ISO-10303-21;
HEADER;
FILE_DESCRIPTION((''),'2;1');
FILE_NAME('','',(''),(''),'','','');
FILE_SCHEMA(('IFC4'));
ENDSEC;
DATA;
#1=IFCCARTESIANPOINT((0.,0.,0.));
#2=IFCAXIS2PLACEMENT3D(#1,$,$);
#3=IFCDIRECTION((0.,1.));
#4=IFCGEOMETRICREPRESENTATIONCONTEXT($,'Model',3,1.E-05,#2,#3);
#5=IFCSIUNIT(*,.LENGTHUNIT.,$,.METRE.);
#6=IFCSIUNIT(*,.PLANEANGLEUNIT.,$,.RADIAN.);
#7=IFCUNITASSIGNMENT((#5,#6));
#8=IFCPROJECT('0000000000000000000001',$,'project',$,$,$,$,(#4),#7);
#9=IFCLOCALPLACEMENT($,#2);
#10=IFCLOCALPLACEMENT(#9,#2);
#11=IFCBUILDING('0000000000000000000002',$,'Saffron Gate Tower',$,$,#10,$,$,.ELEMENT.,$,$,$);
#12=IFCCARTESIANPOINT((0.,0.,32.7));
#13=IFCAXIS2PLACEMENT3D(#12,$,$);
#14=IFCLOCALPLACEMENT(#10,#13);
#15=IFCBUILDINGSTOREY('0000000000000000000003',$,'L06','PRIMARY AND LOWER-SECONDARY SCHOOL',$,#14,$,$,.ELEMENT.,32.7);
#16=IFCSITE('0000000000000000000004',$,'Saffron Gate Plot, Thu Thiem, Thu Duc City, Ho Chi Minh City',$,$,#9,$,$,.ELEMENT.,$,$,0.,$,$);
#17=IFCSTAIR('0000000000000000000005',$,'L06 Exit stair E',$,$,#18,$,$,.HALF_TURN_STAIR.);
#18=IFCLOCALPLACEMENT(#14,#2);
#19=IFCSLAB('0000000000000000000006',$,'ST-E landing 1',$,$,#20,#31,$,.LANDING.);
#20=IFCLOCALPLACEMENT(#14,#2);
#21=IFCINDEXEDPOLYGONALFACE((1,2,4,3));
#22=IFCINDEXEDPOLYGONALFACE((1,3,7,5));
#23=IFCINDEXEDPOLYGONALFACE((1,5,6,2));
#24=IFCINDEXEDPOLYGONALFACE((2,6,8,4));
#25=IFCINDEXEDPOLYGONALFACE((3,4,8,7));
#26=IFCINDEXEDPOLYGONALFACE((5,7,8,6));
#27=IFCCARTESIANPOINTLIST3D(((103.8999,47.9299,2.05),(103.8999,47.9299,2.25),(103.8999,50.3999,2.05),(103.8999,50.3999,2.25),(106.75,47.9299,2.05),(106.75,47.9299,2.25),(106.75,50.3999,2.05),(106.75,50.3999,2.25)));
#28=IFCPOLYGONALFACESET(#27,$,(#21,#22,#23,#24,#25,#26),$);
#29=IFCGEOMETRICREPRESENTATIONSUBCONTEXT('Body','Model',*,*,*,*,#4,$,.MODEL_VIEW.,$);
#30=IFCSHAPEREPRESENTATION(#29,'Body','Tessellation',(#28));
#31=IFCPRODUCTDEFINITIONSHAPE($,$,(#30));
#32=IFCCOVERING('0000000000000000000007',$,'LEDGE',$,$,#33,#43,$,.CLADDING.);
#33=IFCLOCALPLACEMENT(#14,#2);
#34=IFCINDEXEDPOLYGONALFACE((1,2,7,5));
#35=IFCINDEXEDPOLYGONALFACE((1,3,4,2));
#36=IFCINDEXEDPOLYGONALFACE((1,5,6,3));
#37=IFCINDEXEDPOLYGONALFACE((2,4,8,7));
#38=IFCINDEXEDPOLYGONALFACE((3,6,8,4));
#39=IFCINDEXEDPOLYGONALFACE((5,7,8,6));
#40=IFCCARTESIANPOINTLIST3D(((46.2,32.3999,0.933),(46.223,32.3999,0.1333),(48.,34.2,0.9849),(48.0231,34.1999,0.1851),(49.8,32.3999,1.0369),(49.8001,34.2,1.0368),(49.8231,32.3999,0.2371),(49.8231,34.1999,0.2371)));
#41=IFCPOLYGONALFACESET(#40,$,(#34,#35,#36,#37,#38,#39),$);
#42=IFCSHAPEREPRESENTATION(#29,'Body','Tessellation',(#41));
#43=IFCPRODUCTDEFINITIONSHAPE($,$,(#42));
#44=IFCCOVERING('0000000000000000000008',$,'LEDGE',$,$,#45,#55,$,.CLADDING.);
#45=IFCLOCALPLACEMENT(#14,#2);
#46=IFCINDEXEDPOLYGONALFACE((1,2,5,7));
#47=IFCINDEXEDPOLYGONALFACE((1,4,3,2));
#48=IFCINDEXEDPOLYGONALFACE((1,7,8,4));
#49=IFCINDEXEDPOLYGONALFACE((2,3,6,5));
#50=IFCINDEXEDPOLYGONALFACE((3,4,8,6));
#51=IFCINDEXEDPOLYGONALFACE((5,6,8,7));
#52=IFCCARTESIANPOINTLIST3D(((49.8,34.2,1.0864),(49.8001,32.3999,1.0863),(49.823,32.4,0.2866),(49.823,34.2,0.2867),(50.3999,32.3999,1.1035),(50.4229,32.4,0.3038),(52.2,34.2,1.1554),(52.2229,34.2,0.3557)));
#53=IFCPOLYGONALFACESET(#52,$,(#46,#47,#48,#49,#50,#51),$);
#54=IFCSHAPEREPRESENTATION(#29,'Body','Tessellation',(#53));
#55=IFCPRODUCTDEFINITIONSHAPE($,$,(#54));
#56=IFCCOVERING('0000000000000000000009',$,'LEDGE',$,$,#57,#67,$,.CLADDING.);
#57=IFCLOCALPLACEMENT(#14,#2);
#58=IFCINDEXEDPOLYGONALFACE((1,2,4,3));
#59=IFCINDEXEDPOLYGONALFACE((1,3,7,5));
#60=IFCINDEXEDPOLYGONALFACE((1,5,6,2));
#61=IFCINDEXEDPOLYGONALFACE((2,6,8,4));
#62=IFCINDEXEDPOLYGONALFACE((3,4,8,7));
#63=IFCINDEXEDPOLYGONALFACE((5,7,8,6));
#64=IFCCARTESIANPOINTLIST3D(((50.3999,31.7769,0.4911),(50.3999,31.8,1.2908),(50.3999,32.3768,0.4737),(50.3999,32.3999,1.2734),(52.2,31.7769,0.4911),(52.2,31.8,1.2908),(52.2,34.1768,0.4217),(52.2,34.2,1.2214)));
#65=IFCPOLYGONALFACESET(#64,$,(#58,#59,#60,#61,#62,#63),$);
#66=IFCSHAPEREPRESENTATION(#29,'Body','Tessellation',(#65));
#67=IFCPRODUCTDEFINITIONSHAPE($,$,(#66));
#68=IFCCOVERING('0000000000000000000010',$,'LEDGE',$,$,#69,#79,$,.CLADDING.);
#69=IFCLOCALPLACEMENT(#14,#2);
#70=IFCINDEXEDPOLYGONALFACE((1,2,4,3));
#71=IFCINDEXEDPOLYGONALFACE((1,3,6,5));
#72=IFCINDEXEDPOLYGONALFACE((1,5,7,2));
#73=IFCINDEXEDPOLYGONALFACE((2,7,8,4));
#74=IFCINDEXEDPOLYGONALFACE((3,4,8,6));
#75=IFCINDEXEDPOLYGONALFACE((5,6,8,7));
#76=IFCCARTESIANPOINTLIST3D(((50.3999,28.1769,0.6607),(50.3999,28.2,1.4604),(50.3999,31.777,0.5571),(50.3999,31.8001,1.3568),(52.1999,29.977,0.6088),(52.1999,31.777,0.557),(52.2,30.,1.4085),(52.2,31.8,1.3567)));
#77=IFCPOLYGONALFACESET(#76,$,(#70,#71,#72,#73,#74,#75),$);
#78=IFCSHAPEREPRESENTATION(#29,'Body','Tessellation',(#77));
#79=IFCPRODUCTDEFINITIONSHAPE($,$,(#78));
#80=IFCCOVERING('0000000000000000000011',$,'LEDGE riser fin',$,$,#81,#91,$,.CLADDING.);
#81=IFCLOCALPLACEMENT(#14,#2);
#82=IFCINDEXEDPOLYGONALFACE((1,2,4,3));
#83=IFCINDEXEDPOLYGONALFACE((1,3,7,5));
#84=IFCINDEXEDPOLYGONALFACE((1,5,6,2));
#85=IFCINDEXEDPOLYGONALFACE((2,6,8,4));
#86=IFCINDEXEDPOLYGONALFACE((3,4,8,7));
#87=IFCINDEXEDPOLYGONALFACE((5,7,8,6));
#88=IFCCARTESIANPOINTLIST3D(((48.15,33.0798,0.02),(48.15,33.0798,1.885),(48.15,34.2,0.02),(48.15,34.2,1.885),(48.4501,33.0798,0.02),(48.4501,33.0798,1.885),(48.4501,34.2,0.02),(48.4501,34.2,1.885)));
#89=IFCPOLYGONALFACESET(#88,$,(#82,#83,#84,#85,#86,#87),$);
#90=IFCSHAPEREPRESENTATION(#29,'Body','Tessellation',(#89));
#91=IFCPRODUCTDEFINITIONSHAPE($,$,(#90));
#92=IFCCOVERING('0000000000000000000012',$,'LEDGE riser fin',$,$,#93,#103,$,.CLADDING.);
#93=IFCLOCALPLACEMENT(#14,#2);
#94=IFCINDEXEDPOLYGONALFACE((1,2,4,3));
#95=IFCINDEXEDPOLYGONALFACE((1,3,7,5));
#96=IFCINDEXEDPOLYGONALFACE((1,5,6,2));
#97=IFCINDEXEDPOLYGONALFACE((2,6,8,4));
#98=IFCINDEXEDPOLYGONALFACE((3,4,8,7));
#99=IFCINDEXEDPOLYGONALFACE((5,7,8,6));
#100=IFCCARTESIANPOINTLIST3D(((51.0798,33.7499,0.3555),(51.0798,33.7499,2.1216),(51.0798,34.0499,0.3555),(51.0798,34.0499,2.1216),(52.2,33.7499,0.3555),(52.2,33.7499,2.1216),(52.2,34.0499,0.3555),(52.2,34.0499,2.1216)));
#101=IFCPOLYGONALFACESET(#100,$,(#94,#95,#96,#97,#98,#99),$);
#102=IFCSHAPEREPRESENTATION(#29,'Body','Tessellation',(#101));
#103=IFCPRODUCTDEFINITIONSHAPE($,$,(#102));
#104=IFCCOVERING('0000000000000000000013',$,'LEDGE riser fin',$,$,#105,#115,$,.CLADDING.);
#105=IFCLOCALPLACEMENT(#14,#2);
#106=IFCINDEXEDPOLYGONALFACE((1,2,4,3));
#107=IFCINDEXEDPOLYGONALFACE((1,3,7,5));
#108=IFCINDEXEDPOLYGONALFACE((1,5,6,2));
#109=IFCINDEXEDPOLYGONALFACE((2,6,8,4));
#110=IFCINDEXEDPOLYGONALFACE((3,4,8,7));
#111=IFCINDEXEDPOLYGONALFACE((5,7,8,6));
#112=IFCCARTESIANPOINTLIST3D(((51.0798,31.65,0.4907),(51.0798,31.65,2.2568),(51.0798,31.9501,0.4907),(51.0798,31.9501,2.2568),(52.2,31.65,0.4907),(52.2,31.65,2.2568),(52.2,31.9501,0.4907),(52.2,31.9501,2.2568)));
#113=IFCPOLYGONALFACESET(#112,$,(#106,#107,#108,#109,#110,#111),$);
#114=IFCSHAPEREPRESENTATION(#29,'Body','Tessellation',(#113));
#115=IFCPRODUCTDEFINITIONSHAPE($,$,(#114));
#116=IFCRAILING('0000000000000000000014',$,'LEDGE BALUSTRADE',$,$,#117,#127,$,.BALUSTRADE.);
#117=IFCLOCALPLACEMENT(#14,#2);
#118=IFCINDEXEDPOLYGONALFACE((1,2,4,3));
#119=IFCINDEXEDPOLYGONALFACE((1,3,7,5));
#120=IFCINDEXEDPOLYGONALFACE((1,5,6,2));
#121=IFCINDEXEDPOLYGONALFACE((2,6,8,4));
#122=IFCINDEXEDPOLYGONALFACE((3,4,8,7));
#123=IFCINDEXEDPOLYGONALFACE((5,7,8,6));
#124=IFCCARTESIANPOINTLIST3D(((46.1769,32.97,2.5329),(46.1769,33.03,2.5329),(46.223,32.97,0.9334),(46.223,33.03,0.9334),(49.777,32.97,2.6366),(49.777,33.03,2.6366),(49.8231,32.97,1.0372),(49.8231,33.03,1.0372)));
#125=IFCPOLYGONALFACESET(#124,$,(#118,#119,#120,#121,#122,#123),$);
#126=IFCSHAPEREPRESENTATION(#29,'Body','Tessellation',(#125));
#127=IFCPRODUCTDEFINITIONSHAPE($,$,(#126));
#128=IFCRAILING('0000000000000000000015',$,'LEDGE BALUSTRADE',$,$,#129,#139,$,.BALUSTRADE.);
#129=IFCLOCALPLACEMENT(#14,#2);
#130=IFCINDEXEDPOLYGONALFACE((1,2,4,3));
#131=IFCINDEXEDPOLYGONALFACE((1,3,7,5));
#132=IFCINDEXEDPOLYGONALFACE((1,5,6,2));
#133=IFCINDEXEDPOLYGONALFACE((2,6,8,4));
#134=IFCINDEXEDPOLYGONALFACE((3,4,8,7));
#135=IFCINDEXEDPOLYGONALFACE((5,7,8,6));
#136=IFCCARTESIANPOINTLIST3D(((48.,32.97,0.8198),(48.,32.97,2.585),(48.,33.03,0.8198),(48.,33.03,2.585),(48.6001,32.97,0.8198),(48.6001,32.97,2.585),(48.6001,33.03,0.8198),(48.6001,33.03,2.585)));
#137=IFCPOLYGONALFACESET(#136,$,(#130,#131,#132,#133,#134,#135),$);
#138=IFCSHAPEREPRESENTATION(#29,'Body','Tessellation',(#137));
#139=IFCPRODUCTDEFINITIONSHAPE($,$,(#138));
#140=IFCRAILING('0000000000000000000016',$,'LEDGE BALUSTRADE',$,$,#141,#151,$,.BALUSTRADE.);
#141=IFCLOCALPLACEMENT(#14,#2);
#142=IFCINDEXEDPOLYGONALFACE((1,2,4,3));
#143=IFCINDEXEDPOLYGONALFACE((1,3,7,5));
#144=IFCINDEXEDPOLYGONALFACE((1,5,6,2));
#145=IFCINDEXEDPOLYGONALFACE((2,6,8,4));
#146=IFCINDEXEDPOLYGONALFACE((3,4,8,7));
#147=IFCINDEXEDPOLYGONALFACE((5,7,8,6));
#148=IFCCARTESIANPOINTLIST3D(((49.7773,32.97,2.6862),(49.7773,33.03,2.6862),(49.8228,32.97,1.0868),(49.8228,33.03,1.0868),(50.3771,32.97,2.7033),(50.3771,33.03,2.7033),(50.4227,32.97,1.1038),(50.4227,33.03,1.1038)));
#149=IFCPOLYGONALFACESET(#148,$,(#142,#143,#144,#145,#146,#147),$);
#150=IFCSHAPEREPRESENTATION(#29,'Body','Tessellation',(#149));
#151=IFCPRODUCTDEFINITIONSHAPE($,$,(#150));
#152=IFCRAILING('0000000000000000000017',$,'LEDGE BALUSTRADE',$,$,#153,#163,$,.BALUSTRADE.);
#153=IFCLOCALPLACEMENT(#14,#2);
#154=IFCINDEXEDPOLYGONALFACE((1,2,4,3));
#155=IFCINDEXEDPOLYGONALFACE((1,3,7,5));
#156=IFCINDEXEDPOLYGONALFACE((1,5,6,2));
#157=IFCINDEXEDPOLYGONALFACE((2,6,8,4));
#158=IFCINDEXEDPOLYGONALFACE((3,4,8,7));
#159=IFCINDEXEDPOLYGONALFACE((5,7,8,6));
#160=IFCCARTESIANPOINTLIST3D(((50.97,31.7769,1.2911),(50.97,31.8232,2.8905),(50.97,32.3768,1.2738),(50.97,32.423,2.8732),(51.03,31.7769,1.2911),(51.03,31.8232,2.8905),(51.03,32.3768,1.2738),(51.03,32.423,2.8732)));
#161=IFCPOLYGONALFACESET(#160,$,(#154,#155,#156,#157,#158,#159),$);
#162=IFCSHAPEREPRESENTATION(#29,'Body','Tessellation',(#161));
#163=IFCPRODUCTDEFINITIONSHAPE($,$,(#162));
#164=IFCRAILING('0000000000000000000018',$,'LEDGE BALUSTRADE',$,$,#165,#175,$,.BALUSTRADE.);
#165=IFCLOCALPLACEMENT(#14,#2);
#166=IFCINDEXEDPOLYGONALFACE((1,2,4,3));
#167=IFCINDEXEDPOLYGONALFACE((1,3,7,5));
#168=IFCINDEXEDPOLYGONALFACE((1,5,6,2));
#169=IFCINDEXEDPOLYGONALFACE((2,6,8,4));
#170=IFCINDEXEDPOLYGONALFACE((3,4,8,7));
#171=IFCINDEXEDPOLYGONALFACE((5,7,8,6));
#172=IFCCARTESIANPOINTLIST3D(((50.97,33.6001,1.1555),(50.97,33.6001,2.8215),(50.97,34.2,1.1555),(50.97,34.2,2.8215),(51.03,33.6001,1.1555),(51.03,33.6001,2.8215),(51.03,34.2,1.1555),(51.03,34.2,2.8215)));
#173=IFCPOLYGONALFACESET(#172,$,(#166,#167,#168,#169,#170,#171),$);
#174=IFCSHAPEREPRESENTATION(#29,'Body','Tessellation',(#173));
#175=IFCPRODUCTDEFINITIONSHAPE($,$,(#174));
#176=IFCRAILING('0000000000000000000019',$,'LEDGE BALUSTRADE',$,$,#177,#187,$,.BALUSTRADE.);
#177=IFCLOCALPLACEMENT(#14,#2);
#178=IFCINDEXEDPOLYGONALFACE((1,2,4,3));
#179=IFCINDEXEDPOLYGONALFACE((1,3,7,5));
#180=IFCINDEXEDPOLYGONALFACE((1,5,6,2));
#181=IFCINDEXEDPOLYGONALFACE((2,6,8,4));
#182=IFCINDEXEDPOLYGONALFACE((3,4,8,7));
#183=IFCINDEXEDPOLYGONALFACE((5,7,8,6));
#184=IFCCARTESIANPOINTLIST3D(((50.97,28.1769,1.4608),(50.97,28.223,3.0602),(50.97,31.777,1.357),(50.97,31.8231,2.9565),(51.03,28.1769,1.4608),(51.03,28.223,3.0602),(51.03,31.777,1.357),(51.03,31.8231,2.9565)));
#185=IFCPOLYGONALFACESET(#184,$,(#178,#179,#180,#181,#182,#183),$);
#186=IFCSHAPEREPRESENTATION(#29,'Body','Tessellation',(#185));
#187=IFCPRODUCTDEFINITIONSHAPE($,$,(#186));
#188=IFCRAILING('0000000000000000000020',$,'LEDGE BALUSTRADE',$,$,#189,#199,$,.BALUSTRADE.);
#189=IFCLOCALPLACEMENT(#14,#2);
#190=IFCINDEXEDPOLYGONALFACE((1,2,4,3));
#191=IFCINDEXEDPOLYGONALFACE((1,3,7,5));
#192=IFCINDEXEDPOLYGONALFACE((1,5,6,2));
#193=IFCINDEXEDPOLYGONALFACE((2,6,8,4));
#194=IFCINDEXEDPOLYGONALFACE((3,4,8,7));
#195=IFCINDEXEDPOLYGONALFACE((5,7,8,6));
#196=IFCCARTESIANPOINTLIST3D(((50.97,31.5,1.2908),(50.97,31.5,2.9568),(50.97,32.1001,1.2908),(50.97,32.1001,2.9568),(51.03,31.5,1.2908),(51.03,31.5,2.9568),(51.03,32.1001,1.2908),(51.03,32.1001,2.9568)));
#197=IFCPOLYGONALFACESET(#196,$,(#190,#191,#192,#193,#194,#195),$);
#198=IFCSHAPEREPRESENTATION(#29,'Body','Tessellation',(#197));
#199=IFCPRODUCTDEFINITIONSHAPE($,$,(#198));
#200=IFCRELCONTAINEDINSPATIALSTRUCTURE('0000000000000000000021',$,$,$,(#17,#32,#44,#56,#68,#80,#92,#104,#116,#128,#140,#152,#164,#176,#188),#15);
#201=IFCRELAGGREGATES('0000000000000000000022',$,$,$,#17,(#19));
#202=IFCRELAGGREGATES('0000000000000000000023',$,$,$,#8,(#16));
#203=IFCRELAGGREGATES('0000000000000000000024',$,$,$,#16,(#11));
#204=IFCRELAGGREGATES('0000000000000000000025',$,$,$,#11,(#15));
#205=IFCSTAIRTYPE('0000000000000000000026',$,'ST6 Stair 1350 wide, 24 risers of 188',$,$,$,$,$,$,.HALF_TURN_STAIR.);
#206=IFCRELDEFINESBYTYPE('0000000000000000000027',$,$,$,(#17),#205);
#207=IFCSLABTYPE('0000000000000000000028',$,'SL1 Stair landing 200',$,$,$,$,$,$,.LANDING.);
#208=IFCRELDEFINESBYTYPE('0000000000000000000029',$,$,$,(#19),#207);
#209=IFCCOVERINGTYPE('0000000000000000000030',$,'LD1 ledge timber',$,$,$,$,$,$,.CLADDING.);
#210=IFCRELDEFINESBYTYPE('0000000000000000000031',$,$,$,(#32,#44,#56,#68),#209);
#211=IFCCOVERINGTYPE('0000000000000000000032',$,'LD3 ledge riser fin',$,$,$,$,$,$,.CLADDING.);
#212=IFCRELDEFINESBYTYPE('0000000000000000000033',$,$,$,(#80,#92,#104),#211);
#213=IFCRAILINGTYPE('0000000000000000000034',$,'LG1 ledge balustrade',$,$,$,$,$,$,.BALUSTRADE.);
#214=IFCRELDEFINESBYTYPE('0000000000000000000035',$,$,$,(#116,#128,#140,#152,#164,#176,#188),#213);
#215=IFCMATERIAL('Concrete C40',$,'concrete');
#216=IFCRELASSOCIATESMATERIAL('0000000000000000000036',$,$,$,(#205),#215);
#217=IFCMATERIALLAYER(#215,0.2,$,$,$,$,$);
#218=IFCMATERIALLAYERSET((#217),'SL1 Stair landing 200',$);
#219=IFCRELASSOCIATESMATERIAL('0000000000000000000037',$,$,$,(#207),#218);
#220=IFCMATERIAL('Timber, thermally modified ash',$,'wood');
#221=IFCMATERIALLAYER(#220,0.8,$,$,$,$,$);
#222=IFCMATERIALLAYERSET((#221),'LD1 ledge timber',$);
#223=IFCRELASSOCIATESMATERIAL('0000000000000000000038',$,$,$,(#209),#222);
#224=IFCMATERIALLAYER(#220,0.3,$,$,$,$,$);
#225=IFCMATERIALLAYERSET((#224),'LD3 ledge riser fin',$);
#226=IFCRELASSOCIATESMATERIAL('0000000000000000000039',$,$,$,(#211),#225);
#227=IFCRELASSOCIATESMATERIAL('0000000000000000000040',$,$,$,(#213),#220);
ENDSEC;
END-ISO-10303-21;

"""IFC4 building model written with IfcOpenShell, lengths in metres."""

from ifc_helpers import new_model, si_unit, direction, frame, origin, origin_2d, place, context, subcontext, project, spatial, polyline, rectangle, outline, extrude, material, layer, layer_set, type_object, element, aggregate, save


model = new_model("IFC4")

# Units and contexts
model_context = context("Model", 3, precision=1e-05, world=origin(), true_north=direction((0.0, 1.0)))
body_context = subcontext(model_context, "Body", "Model", "MODEL_VIEW")
ifc_project = project(units=[si_unit("LENGTHUNIT", "METRE"), si_unit("PLANEANGLEUNIT", "RADIAN")], contexts=[model_context])

# Site, building, storey
site_placement = place(None, origin())
site = spatial("IfcSite", under=ifc_project, at=site_placement, Name="Saffron Gate Plot, Thu Thiem, Thu Duc City, Ho Chi Minh City", CompositionType="ELEMENT", RefElevation=0.0)
building_placement = place(site_placement, origin())
building = spatial("IfcBuilding", under=site, at=building_placement, Name="Saffron Gate Tower", CompositionType="ELEMENT")
storey_placement = place(building_placement, frame((0.0, 0.0, 32.7)))
storey = spatial("IfcBuildingStorey", under=building, at=storey_placement, Name="L06", Description="PRIMARY AND LOWER-SECONDARY SCHOOL", CompositionType="ELEMENT", Elevation=32.7)

# Stair, slab
ifc_material_1 = material(Name="Concrete C40", Category="concrete")
stair_type = type_object("IfcStairType", Name="ST6 Stair 1350 wide, 24 risers of 188", PredefinedType="HALF_TURN_STAIR", material=ifc_material_1)
ifc_layer_1 = layer(ifc_material_1, 0.2)
ifc_layer_set_1 = layer_set([ifc_layer_1], Name="SL1 Stair landing 200")
slab_type = type_object("IfcSlabType", Name="SL1 Stair landing 200", PredefinedType="LANDING", material=ifc_layer_set_1)
stair_1_placement = place(storey_placement, origin())
stair_1 = element("IfcStair", 1, at=stair_1_placement, inside=storey, type_object=stair_type, Name="L06 Exit stair E", PredefinedType="HALF_TURN_STAIR")
slab_1_placement = place(storey_placement, frame((0.0, 0.0, 2.05)))
slab_1 = element("IfcSlab", 2, at=slab_1_placement, type_object=slab_type, Name="ST-E landing 1", PredefinedType="LANDING", context=body_context, shape_type="SweptSolid", body=[
    extrude(outline(polyline([(106.75, 47.9299), (106.75, 50.3999), (103.8999, 50.3999), (103.8999, 47.9299), (106.75, 47.9299)])), origin(), (0.0, 0.0, 1.0), 0.2),
])
aggregate(stair_1, [slab_1])

# Coverings
ifc_material_2 = material(Name="Timber, thermally modified ash", Category="wood")
ifc_layer_2 = layer(ifc_material_2, 0.8)
ifc_layer_set_2 = layer_set([ifc_layer_2], Name="LD1 ledge timber")
covering_type_1 = type_object("IfcCoveringType", Name="LD1 ledge timber", PredefinedType="CLADDING", material=ifc_layer_set_2)
covering_1_placement = place(storey_placement, frame((48.0, 34.2, 0.9849), z_axis=(-0.028832, 0.000045, 0.999584), x_axis=(0.999584, 0.0, 0.028832)))
element("IfcCovering", 3, at=covering_1_placement, inside=storey, type_object=covering_type_1, Name="LEDGE", PredefinedType="CLADDING", context=body_context, shape_type="SweptSolid", body=[
    extrude(outline(polyline([(0.0, 0.0), (1.8008, 0.0), (1.8008, -1.8), (-1.8008, -1.8), (0.0, 0.0)])), origin(), (0.0, 0.0, -1.0), 0.8),
])
covering_2_placement = place(storey_placement, frame((49.8, 34.2, 1.0864), z_axis=(-0.028718, -0.00008, 0.999588), x_axis=(0.999588, 0.0, 0.028718)))
element("IfcCovering", 4, at=covering_2_placement, inside=storey, type_object=covering_type_1, Name="LEDGE", PredefinedType="CLADDING", context=body_context, shape_type="SweptSolid", body=[
    extrude(outline(polyline([(0.0, 0.0), (2.4009, 0.0), (0.6001, -1.8), (0.0, -1.8), (0.0, 0.0)])), origin(), (0.0, 0.0, -1.0), 0.8),
])
covering_3_placement = place(storey_placement, frame((52.2, 34.2, 1.2214), z_axis=(-0.000002, 0.02888, 0.999583), x_axis=(0.0, -0.999583, 0.02888)))
element("IfcCovering", 5, at=covering_3_placement, inside=storey, type_object=covering_type_1, Name="LEDGE", PredefinedType="CLADDING", context=body_context, shape_type="SweptSolid", body=[
    extrude(outline(polyline([(0.0, 0.0), (2.4009, 0.0), (2.4009, -1.8), (1.8008, -1.8), (0.0, 0.0)])), origin(), (0.0, 0.0, -1.0), 0.8),
])
covering_4_placement = place(storey_placement, frame((52.2, 31.8, 1.3567), z_axis=(0.000045, 0.028787, 0.999586), x_axis=(0.0, -0.999586, 0.028787)))
element("IfcCovering", 6, at=covering_4_placement, inside=storey, type_object=covering_type_1, Name="LEDGE", PredefinedType="CLADDING", context=body_context, shape_type="SweptSolid", body=[
    extrude(outline(polyline([(0.0, 0.0), (1.8008, 0.0), (3.6016, -1.8), (0.0, -1.8), (0.0, 0.0)])), origin(), (0.0, 0.0, -1.0), 0.8),
])
ifc_layer_3 = layer(ifc_material_2, 0.3)
ifc_layer_set_3 = layer_set([ifc_layer_3], Name="LD3 ledge riser fin")
covering_type_2 = type_object("IfcCoveringType", Name="LD3 ledge riser fin", PredefinedType="CLADDING", material=ifc_layer_set_3)
covering_5_placement = place(storey_placement, frame((48.3, 33.6399, 0.02), z_axis=(0.0, 0.0, 1.0), x_axis=(1.0, 0.0, 0.0)))
element("IfcCovering", 7, at=covering_5_placement, inside=storey, type_object=covering_type_2, Name="LEDGE riser fin", PredefinedType="CLADDING", context=body_context, shape_type="SweptSolid", body=[
    extrude(rectangle(XDim=0.3, YDim=1.1201, at=origin_2d()), origin(), (0.0, 0.0, 1.0), 1.865),
])
for number, where, z_axis, x_axis, name in (
    (8, (51.6399, 33.8999, 0.3555), (0.0, 0.0, 1.0), (0.0, -1.0, 0.0), "LEDGE riser fin"),
    (9, (51.6399, 31.8, 0.4907), (0.0, 0.0, 1.0), (0.0, -1.0, 0.0), "LEDGE riser fin"),
):
    element("IfcCovering", number, at=place(storey_placement, frame(where, z_axis=z_axis, x_axis=x_axis)), inside=storey, type_object=covering_type_2, Name=name, PredefinedType="CLADDING", context=body_context, shape_type="SweptSolid", body=[
        extrude(rectangle(XDim=0.3, YDim=1.1201, at=origin_2d()), origin(), (0.0, 0.0, 1.0), 1.7661),
    ])

# Railings
railing_type = type_object("IfcRailingType", Name="LG1 ledge balustrade", PredefinedType="BALUSTRADE", material=ifc_material_2)
railing_1_placement = place(storey_placement, frame((46.2, 33.0, 0.9331)))
element("IfcRailing", 10, at=railing_1_placement, inside=storey, type_object=railing_type, Name="LEDGE BALUSTRADE", PredefinedType="BALUSTRADE", context=body_context, shape_type="SweptSolid", body=[
    extrude(rectangle(XDim=0.0601, YDim=1.6001, at=origin_2d()), frame((0.0, 0.0, 0.8), z_axis=(0.999585, 0.0, 0.028809), x_axis=(0.0, 1.0, 0.0)), (0.0, 0.0, 1.0), 3.6016),
])
railing_2_placement = place(storey_placement, frame((48.0, 33.0, 0.8198)))
element("IfcRailing", 11, at=railing_2_placement, inside=storey, type_object=railing_type, Name="LEDGE BALUSTRADE", PredefinedType="BALUSTRADE", context=body_context, shape_type="SweptSolid", body=[
    extrude(rectangle(XDim=0.0601, YDim=1.7651, at=origin_2d()), frame((0.0, 0.0, 0.8826), z_axis=(1.0, 0.0, 0.0), x_axis=(0.0, 1.0, 0.0)), (0.0, 0.0, 1.0), 0.6001),
])
railing_3_placement = place(storey_placement, frame((49.8, 33.0, 1.0864)))
element("IfcRailing", 12, at=railing_3_placement, inside=storey, type_object=railing_type, Name="LEDGE BALUSTRADE", PredefinedType="BALUSTRADE", context=body_context, shape_type="SweptSolid", body=[
    extrude(rectangle(XDim=0.0601, YDim=1.6001, at=origin_2d()), frame((0.0, 0.0, 0.8), z_axis=(0.999594, 0.0, 0.028478), x_axis=(0.0, 1.0, 0.0)), (0.0, 0.0, 1.0), 0.6001),
])
railing_4_placement = place(storey_placement, frame((51.0, 32.3999, 1.2734)))
element("IfcRailing", 13, at=railing_4_placement, inside=storey, type_object=railing_type, Name="LEDGE BALUSTRADE", PredefinedType="BALUSTRADE", context=body_context, shape_type="SweptSolid", body=[
    extrude(rectangle(XDim=0.0601, YDim=1.6001, at=origin_2d()), frame((0.0, 0.0, 0.8), z_axis=(0.0, -0.999583, 0.028885), x_axis=(1.0, 0.0, 0.0)), (0.0, 0.0, 1.0), 0.6001),
])
railing_5_placement = place(storey_placement, frame((51.0, 34.2, 1.1555)))
element("IfcRailing", 14, at=railing_5_placement, inside=storey, type_object=railing_type, Name="LEDGE BALUSTRADE", PredefinedType="BALUSTRADE", context=body_context, shape_type="SweptSolid", body=[
    extrude(rectangle(XDim=0.0601, YDim=1.666, at=origin_2d()), frame((0.0, 0.0, 0.833), z_axis=(0.0, -1.0, 0.0), x_axis=(1.0, 0.0, 0.0)), (0.0, 0.0, 1.0), 0.5999),
])
railing_6_placement = place(storey_placement, frame((51.0, 31.8, 1.3567)))
element("IfcRailing", 15, at=railing_6_placement, inside=storey, type_object=railing_type, Name="LEDGE BALUSTRADE", PredefinedType="BALUSTRADE", context=body_context, shape_type="SweptSolid", body=[
    extrude(rectangle(XDim=0.0601, YDim=1.6001, at=origin_2d()), frame((0.0, 0.0, 0.8), z_axis=(0.0, -0.999585, 0.028809), x_axis=(1.0, 0.0, 0.0)), (0.0, 0.0, 1.0), 3.6016),
])
railing_7_placement = place(storey_placement, frame((51.0, 32.1001, 1.2908)))
element("IfcRailing", 16, at=railing_7_placement, inside=storey, type_object=railing_type, Name="LEDGE BALUSTRADE", PredefinedType="BALUSTRADE", context=body_context, shape_type="SweptSolid", body=[
    extrude(rectangle(XDim=0.0601, YDim=1.666, at=origin_2d()), frame((0.0, 0.0, 0.833), z_axis=(0.0, -1.0, 0.0), x_axis=(1.0, 0.0, 0.0)), (0.0, 0.0, 1.0), 0.6001),
])

save(model, "model.ifc")
